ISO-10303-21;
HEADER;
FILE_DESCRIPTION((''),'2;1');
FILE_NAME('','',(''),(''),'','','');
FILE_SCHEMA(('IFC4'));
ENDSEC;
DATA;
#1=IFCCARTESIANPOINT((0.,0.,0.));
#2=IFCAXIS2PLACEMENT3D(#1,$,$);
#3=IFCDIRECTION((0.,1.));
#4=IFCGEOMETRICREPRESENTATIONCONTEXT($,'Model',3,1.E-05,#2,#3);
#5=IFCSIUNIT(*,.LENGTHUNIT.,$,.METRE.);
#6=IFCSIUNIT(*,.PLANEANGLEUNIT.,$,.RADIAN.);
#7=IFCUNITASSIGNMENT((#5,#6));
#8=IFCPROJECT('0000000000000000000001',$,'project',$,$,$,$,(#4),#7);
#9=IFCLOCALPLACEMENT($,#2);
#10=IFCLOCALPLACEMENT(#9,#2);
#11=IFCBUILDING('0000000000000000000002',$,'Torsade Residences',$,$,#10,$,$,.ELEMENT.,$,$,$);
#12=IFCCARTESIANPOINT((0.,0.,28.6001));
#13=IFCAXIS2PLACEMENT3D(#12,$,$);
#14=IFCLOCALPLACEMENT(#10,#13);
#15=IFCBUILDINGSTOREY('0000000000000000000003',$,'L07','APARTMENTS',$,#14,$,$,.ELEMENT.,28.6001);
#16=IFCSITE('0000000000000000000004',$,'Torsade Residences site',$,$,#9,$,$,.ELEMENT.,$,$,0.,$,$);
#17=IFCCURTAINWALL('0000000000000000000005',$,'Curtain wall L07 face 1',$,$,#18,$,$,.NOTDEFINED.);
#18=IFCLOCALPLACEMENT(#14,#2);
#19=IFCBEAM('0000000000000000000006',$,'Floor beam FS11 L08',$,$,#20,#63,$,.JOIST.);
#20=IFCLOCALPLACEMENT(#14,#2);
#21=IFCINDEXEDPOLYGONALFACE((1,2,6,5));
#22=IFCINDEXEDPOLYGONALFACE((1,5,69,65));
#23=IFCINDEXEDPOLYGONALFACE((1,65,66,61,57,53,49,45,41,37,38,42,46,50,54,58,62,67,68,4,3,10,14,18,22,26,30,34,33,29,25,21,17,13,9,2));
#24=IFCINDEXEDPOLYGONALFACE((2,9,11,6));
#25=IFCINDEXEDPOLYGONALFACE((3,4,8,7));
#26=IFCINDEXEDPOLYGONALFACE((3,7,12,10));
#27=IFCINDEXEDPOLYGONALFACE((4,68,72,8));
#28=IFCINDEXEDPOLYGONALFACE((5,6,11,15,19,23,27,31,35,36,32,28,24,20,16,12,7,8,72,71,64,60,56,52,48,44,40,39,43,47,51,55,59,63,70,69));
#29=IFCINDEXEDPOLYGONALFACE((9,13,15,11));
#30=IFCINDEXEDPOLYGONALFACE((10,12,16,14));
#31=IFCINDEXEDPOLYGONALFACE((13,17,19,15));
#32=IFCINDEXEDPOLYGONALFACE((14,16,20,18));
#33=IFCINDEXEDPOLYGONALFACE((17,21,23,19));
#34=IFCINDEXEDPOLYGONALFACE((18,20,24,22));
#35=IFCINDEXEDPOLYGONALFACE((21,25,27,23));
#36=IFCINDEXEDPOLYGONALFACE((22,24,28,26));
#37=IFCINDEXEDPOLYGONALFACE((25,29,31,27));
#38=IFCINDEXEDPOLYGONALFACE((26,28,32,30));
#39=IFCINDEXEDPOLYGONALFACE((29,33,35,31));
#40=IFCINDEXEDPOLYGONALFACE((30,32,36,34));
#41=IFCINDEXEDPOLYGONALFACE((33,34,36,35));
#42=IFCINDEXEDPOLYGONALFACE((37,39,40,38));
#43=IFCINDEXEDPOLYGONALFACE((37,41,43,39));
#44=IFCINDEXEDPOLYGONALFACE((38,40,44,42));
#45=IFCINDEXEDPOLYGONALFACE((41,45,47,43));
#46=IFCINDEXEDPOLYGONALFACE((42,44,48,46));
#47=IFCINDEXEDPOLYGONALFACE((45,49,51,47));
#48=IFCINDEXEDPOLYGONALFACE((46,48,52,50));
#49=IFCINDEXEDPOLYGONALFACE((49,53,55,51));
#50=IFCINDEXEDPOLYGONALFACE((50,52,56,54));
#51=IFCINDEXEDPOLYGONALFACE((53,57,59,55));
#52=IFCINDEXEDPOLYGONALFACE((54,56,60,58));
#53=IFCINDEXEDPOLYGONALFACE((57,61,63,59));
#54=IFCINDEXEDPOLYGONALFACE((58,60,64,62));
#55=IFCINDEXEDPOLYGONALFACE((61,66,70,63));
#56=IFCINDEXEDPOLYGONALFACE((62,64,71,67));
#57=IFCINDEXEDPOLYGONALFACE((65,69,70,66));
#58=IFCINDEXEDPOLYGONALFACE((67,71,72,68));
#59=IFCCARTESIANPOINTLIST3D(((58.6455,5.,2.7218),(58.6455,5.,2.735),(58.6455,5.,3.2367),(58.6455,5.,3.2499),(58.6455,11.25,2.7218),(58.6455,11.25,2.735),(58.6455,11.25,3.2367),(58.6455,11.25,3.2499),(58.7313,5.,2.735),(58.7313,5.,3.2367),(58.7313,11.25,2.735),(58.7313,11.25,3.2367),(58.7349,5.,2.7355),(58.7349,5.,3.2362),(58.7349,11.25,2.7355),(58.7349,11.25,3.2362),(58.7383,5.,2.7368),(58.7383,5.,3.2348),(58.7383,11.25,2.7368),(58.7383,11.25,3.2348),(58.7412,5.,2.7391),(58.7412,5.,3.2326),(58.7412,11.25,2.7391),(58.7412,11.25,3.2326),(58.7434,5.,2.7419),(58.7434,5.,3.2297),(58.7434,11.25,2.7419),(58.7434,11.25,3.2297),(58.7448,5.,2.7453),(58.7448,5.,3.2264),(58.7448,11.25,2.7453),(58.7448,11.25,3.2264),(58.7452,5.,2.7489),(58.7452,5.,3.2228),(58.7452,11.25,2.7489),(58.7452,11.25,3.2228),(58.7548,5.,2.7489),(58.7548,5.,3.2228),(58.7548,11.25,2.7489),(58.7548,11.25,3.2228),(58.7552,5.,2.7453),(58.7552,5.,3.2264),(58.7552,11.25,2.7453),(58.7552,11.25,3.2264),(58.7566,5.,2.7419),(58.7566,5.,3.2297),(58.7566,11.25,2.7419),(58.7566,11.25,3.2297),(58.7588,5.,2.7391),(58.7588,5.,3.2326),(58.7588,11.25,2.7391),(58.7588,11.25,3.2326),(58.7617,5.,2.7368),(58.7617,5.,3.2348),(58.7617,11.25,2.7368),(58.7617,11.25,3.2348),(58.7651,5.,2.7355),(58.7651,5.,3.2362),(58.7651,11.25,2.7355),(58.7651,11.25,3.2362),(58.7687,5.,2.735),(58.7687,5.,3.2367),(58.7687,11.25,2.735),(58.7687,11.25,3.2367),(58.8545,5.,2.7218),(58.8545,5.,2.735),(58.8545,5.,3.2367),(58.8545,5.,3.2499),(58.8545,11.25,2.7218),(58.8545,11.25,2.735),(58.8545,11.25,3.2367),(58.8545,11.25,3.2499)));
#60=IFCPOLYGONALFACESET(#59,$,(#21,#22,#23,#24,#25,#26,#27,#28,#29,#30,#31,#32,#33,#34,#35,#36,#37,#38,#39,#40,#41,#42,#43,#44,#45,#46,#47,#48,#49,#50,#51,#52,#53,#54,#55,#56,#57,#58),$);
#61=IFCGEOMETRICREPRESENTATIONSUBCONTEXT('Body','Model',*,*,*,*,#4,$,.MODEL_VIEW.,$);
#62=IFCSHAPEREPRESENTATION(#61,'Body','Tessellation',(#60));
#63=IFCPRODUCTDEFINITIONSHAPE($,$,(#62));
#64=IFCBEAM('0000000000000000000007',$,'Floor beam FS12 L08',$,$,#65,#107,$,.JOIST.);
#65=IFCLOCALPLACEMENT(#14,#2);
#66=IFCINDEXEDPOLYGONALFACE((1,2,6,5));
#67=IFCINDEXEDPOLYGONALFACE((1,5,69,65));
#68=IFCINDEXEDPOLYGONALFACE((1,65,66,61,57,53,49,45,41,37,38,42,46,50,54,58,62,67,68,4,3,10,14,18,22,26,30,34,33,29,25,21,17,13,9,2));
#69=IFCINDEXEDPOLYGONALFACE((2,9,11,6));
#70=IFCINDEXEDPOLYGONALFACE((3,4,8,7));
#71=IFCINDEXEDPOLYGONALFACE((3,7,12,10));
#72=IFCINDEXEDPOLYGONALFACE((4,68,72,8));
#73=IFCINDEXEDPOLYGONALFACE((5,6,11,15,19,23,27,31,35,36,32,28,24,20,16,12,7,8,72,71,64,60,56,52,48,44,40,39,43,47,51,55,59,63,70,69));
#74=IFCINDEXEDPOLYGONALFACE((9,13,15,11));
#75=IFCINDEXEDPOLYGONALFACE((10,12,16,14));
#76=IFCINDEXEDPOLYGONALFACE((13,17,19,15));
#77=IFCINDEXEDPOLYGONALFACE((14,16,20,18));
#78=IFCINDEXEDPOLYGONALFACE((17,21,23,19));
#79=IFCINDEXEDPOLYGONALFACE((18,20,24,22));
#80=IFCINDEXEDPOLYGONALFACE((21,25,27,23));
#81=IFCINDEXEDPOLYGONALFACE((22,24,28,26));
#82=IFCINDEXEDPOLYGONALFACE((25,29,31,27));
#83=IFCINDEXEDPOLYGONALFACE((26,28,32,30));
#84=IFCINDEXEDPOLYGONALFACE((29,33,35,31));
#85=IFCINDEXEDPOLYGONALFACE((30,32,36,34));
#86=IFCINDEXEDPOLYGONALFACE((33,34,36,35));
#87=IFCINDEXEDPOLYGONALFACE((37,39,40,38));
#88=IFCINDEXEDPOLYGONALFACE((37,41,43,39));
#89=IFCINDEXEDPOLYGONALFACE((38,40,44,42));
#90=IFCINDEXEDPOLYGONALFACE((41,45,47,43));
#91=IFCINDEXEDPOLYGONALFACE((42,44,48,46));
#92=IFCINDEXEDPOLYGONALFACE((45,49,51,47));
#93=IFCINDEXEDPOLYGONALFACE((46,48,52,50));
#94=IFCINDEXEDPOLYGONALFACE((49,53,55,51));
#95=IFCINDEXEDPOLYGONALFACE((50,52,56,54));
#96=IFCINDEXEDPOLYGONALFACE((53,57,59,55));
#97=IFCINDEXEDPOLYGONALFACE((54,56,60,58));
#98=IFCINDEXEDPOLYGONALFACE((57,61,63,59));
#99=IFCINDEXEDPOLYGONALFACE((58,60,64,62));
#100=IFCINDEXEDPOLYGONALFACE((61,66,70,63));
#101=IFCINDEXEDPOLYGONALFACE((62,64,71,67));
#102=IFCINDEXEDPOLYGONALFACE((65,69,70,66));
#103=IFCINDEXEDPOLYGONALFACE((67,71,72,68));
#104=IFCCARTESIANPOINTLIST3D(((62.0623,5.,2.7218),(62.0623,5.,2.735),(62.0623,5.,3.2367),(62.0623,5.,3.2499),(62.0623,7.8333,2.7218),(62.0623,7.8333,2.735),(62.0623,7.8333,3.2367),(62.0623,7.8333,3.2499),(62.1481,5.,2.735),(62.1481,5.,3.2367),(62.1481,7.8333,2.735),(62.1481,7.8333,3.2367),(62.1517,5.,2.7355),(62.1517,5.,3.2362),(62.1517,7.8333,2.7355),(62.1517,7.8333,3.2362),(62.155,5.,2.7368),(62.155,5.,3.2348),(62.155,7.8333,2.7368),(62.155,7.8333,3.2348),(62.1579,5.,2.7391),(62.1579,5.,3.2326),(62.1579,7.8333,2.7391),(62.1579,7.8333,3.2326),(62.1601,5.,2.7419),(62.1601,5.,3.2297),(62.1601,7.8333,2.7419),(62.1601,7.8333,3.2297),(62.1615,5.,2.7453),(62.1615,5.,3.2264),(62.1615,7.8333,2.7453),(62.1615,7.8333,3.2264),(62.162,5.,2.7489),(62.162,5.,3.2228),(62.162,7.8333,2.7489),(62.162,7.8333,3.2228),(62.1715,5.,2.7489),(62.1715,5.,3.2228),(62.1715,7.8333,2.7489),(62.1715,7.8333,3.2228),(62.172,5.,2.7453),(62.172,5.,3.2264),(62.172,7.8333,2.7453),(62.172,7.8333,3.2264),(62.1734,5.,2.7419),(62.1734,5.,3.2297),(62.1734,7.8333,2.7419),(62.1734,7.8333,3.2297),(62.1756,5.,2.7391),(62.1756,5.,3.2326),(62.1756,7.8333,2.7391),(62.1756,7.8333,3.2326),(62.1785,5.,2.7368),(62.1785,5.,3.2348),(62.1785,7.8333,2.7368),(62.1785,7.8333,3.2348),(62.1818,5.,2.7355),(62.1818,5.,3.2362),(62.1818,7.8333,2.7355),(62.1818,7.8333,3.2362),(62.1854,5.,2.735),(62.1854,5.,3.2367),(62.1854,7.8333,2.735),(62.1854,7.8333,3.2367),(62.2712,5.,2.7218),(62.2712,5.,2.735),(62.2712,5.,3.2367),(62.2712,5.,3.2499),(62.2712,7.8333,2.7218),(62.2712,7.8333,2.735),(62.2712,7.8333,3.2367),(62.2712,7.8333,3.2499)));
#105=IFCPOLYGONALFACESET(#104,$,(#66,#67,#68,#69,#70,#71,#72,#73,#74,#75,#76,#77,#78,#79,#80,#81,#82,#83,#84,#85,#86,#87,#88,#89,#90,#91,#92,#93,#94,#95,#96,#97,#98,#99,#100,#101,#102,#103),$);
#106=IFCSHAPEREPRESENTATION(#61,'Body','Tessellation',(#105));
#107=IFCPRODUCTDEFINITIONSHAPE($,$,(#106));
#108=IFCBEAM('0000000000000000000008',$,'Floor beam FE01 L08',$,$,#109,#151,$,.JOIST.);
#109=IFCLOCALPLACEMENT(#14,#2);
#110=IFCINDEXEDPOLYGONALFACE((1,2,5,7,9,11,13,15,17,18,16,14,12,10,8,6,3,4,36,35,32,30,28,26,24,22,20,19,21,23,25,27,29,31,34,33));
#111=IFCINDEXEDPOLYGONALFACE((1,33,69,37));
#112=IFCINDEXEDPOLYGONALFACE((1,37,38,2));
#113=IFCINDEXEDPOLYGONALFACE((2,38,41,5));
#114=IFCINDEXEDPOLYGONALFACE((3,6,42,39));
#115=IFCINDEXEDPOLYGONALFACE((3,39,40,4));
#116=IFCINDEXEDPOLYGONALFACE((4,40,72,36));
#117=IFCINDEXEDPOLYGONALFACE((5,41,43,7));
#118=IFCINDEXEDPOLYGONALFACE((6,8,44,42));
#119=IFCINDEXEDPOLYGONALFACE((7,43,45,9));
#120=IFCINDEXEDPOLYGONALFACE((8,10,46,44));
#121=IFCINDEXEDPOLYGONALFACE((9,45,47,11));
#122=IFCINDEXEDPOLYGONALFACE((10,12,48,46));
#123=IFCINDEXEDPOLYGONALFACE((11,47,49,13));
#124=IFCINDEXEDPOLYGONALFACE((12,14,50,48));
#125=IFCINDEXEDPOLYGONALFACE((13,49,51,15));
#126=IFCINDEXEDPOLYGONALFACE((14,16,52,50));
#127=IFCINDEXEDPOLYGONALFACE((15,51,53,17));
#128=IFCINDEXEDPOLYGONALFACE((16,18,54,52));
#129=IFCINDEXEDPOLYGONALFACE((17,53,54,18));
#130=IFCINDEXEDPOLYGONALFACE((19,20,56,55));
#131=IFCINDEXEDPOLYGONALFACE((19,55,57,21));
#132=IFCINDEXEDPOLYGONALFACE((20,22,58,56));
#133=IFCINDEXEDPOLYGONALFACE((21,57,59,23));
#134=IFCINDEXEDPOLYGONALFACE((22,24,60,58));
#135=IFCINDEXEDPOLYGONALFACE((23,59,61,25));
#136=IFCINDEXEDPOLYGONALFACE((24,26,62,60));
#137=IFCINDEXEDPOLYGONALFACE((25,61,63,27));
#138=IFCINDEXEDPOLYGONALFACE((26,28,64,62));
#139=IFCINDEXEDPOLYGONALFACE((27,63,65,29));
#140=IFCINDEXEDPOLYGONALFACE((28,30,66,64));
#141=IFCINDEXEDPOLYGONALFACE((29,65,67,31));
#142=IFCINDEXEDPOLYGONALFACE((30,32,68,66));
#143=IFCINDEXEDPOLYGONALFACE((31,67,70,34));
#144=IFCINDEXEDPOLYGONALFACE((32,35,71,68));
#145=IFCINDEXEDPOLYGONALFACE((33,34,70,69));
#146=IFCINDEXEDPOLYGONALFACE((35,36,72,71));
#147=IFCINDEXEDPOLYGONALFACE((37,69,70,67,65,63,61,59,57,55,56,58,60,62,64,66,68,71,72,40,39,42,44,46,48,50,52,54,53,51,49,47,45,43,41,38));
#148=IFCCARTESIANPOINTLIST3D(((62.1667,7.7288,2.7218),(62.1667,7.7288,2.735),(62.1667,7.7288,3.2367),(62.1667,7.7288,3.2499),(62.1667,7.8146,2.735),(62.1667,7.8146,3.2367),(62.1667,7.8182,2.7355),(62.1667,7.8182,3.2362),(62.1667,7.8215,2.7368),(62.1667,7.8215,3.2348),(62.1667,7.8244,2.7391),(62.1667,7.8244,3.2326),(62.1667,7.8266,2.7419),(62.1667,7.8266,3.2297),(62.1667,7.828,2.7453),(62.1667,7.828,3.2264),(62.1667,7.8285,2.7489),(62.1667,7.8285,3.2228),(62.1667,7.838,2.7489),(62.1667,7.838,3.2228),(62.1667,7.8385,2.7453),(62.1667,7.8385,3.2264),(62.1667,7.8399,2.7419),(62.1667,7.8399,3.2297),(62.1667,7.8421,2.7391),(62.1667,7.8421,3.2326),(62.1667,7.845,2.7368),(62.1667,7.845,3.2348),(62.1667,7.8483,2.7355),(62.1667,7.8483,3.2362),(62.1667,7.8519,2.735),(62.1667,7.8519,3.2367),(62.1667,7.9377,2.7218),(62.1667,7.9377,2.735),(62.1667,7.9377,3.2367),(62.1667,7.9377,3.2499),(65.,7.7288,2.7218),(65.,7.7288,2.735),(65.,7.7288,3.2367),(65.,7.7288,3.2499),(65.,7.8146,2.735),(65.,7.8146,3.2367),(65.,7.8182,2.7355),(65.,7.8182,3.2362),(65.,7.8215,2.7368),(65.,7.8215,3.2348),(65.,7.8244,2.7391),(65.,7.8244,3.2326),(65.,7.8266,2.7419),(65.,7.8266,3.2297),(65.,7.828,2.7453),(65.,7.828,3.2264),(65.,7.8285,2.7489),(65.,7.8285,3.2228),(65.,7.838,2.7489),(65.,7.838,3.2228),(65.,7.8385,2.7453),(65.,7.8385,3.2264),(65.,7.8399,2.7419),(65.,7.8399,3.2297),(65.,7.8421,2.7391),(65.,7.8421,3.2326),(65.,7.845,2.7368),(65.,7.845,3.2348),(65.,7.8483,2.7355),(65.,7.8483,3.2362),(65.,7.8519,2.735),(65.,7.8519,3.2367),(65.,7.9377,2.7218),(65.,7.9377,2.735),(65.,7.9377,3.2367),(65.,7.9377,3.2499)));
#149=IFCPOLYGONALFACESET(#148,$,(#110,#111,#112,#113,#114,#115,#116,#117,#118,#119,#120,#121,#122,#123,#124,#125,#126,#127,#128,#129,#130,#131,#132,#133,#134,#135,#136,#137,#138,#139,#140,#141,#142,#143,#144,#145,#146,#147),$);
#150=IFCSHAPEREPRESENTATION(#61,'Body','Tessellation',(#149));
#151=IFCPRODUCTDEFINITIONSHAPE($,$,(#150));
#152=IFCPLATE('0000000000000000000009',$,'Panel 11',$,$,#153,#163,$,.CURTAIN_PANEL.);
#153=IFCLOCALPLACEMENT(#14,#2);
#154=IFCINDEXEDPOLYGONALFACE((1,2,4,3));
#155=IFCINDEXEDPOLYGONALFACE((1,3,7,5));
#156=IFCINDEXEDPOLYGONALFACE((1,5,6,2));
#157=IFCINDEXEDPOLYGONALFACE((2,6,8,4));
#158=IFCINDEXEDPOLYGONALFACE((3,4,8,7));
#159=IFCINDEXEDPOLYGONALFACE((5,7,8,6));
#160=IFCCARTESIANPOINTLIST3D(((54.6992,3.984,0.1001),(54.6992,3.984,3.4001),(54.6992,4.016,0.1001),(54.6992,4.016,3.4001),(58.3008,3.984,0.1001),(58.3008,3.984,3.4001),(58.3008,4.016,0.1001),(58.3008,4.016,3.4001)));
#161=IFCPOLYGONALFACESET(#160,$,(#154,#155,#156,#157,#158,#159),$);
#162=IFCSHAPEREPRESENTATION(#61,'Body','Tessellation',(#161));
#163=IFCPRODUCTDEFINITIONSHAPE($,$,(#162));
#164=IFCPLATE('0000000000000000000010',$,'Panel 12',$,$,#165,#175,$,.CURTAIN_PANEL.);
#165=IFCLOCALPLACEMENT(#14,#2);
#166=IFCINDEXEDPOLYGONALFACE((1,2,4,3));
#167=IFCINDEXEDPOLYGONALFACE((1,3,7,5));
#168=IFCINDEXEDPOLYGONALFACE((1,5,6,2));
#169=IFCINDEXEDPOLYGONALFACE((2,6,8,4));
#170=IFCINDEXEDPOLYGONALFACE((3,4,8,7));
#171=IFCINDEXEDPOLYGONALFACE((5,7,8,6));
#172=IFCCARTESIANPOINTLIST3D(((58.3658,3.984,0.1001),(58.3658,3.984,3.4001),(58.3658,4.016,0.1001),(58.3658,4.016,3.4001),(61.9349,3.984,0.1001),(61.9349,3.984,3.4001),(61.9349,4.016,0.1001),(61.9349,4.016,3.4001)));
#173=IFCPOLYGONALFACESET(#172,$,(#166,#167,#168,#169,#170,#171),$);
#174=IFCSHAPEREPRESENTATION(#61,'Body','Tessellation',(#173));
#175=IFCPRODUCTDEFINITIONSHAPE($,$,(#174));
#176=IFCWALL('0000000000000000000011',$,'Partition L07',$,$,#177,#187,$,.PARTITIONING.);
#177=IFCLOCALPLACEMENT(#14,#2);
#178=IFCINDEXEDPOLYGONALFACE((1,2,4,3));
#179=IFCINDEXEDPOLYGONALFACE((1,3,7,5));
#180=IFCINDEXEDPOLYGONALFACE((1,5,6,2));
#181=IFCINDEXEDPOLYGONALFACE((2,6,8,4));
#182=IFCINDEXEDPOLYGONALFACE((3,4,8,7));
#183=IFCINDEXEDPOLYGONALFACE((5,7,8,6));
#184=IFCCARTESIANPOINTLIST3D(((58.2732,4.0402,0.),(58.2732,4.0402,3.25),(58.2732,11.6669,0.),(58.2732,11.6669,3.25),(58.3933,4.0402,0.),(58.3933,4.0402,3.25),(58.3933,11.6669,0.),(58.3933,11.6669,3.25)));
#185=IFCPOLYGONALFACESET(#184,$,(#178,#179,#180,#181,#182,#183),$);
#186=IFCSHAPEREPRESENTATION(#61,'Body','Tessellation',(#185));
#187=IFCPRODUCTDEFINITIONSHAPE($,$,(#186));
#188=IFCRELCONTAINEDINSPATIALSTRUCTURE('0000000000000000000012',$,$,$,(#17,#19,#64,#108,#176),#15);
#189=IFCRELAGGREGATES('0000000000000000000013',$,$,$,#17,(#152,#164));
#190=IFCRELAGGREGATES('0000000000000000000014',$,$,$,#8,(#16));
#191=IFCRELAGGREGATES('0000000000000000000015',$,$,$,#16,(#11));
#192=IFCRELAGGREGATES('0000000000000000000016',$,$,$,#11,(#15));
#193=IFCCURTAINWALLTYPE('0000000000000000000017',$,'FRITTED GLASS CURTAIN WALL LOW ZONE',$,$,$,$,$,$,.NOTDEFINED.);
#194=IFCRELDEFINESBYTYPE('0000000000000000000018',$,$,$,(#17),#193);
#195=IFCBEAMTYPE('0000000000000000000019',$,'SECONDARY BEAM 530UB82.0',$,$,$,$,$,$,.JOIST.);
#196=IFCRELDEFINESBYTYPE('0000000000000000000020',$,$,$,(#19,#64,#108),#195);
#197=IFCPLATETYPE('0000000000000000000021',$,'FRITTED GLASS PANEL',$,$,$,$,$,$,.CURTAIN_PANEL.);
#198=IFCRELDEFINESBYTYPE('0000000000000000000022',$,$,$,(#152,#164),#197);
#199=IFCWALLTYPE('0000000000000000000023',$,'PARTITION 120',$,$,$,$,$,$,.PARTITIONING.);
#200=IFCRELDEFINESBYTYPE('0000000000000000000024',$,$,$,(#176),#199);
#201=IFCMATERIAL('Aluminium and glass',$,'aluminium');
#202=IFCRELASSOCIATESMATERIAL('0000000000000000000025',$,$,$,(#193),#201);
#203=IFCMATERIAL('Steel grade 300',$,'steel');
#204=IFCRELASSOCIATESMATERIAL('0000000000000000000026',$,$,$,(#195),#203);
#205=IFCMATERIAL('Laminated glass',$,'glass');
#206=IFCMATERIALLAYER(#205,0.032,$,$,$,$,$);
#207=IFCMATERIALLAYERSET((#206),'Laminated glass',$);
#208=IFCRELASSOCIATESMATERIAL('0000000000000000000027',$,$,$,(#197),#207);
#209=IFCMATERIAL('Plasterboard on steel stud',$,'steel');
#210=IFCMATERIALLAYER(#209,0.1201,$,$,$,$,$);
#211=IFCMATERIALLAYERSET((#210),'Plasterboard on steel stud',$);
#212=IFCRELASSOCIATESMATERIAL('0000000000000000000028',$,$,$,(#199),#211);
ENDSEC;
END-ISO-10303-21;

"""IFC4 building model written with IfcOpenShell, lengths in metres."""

from ifc_helpers import new_model, si_unit, direction, frame, frame_2d, origin, origin_2d, place, context, subcontext, project, spatial, rectangle, i_section, extrude, material, layer, layer_set, material_profile, profile_set, type_object, element, aggregate, save


model = new_model("IFC4")

# Units and contexts
model_context = context("Model", 3, precision=1e-05, world=origin(), true_north=direction((0.0, 1.0)))
body_context = subcontext(model_context, "Body", "Model", "MODEL_VIEW")
ifc_project = project(units=[si_unit("LENGTHUNIT", "METRE"), si_unit("PLANEANGLEUNIT", "RADIAN")], contexts=[model_context])

# Site, building, storey
site_placement = place(None, origin())
site = spatial("IfcSite", under=ifc_project, at=site_placement, Name="Torsade Residences site", CompositionType="ELEMENT", RefElevation=0.0)
building_placement = place(site_placement, origin())
building = spatial("IfcBuilding", under=site, at=building_placement, Name="Torsade Residences", CompositionType="ELEMENT")
storey_placement = place(building_placement, frame((0.0, 0.0, 28.6001)))
storey = spatial("IfcBuildingStorey", under=building, at=storey_placement, Name="L07", Description="APARTMENTS", CompositionType="ELEMENT", Elevation=28.6001)

# Curtain wall
ifc_material_1 = material(Name="Aluminium and glass", Category="aluminium")
curtain_wall_type = type_object("IfcCurtainWallType", Name="FRITTED GLASS CURTAIN WALL LOW ZONE", PredefinedType="NOTDEFINED", material=ifc_material_1)
curtain_wall_placement = place(storey_placement, origin())
curtain_wall = element("IfcCurtainWall", 1, at=curtain_wall_placement, inside=storey, type_object=curtain_wall_type, Name="Curtain wall L07 face 1", PredefinedType="NOTDEFINED")

# Beams
ifc_material_2 = material(Name="Steel grade 300", Category="steel")
ifc_material_profile_1 = material_profile(ifc_material_2, i_section(OverallWidth=0.209, OverallDepth=0.5281, WebThickness=0.0095, FlangeThickness=0.0132, FilletRadius=0.0139, at=origin_2d()), Name="530UB82.0")
ifc_profile_set_1 = profile_set([ifc_material_profile_1], Name="Steel grade 300")
beam_type_1 = type_object("IfcBeamType", Name="SECONDARY BEAM 530UB82.0", PredefinedType="JOIST", material=ifc_profile_set_1)
beam_1_placement = place(storey_placement, frame((58.75, 5.0, 2.9858), z_axis=(0.0, 1.0, 0.0), x_axis=(-1.0, 0.0, 0.0)))
element("IfcBeam", 2, at=beam_1_placement, inside=storey, type_object=beam_type_1, Name="Floor beam FS11 L08", PredefinedType="JOIST", context=body_context, shape_type="SweptSolid", body=[
    extrude(i_section(OverallWidth=0.209, OverallDepth=0.5281, WebThickness=0.0095, FlangeThickness=0.0132, FilletRadius=0.0139, at=origin_2d()), origin(), (0.0, 0.0, 1.0), 6.25),
])
for number, where, z_axis, x_axis, name in (
    (3, (62.1667, 5.0, 2.9858), (0.0, 1.0, 0.0), (-1.0, 0.0, 0.0), "Floor beam FS12 L08"),
    (4, (65.0, 7.8333, 2.9858), (-1.0, 0.0, 0.0), (0.0, -1.0, 0.0), "Floor beam FE01 L08"),
):
    element("IfcBeam", number, at=place(storey_placement, frame(where, z_axis=z_axis, x_axis=x_axis)), inside=storey, type_object=beam_type_1, Name=name, PredefinedType="JOIST", context=body_context, shape_type="SweptSolid", body=[
        extrude(i_section(OverallWidth=0.209, OverallDepth=0.5281, WebThickness=0.0095, FlangeThickness=0.0132, FilletRadius=0.0139, at=origin_2d()), origin(), (0.0, 0.0, 1.0), 2.8333),
    ])

# Plates
ifc_material_3 = material(Name="Laminated glass", Category="glass")
ifc_layer_1 = layer(ifc_material_3, 0.032)
ifc_layer_set_1 = layer_set([ifc_layer_1], Name="Laminated glass")
plate_type = type_object("IfcPlateType", Name="FRITTED GLASS PANEL", PredefinedType="CURTAIN_PANEL", material=ifc_layer_set_1)
plate_1_placement = place(storey_placement, frame((56.5, 4.0, 0.1001), z_axis=(0.0, 0.0, 1.0), x_axis=(1.0, 0.0, 0.0)))
plate_1 = element("IfcPlate", 5, at=plate_1_placement, type_object=plate_type, Name="Panel 11", PredefinedType="CURTAIN_PANEL", context=body_context, shape_type="SweptSolid", body=[
    extrude(rectangle(XDim=3.6016, YDim=0.032, at=origin_2d()), origin(), (0.0, 0.0, 1.0), 3.3),
])
plate_2_placement = place(storey_placement, frame((60.1504, 4.0, 0.1001), z_axis=(0.0, 0.0, 1.0), x_axis=(1.0, 0.0, 0.0)))
plate_2 = element("IfcPlate", 6, at=plate_2_placement, type_object=plate_type, Name="Panel 12", PredefinedType="CURTAIN_PANEL", context=body_context, shape_type="SweptSolid", body=[
    extrude(rectangle(XDim=3.5691, YDim=0.032, at=origin_2d()), origin(), (0.0, 0.0, 1.0), 3.3),
])
aggregate(curtain_wall, [plate_1, plate_2])

# Wall
ifc_material_4 = material(Name="Plasterboard on steel stud", Category="steel")
ifc_layer_2 = layer(ifc_material_4, 0.1201)
ifc_layer_set_2 = layer_set([ifc_layer_2], Name="Plasterboard on steel stud")
wall_type_1 = type_object("IfcWallType", Name="PARTITION 120", PredefinedType="PARTITIONING", material=ifc_layer_set_2)
wall_1_placement = place(storey_placement, frame((58.3333, 4.04, 0.0), z_axis=(0.0, 0.0, 1.0), x_axis=(0.0, 1.0, 0.0)))
element("IfcWall", 7, at=wall_1_placement, inside=storey, type_object=wall_type_1, Name="Partition L07", PredefinedType="PARTITIONING", context=body_context, shape_type="SweptSolid", body=[
    extrude(rectangle(XDim=7.6267, YDim=0.1201, at=frame_2d((3.8135, 0.0))), origin(), (0.0, 0.0, 1.0), 3.25),
])

save(model, "model.ifc")
